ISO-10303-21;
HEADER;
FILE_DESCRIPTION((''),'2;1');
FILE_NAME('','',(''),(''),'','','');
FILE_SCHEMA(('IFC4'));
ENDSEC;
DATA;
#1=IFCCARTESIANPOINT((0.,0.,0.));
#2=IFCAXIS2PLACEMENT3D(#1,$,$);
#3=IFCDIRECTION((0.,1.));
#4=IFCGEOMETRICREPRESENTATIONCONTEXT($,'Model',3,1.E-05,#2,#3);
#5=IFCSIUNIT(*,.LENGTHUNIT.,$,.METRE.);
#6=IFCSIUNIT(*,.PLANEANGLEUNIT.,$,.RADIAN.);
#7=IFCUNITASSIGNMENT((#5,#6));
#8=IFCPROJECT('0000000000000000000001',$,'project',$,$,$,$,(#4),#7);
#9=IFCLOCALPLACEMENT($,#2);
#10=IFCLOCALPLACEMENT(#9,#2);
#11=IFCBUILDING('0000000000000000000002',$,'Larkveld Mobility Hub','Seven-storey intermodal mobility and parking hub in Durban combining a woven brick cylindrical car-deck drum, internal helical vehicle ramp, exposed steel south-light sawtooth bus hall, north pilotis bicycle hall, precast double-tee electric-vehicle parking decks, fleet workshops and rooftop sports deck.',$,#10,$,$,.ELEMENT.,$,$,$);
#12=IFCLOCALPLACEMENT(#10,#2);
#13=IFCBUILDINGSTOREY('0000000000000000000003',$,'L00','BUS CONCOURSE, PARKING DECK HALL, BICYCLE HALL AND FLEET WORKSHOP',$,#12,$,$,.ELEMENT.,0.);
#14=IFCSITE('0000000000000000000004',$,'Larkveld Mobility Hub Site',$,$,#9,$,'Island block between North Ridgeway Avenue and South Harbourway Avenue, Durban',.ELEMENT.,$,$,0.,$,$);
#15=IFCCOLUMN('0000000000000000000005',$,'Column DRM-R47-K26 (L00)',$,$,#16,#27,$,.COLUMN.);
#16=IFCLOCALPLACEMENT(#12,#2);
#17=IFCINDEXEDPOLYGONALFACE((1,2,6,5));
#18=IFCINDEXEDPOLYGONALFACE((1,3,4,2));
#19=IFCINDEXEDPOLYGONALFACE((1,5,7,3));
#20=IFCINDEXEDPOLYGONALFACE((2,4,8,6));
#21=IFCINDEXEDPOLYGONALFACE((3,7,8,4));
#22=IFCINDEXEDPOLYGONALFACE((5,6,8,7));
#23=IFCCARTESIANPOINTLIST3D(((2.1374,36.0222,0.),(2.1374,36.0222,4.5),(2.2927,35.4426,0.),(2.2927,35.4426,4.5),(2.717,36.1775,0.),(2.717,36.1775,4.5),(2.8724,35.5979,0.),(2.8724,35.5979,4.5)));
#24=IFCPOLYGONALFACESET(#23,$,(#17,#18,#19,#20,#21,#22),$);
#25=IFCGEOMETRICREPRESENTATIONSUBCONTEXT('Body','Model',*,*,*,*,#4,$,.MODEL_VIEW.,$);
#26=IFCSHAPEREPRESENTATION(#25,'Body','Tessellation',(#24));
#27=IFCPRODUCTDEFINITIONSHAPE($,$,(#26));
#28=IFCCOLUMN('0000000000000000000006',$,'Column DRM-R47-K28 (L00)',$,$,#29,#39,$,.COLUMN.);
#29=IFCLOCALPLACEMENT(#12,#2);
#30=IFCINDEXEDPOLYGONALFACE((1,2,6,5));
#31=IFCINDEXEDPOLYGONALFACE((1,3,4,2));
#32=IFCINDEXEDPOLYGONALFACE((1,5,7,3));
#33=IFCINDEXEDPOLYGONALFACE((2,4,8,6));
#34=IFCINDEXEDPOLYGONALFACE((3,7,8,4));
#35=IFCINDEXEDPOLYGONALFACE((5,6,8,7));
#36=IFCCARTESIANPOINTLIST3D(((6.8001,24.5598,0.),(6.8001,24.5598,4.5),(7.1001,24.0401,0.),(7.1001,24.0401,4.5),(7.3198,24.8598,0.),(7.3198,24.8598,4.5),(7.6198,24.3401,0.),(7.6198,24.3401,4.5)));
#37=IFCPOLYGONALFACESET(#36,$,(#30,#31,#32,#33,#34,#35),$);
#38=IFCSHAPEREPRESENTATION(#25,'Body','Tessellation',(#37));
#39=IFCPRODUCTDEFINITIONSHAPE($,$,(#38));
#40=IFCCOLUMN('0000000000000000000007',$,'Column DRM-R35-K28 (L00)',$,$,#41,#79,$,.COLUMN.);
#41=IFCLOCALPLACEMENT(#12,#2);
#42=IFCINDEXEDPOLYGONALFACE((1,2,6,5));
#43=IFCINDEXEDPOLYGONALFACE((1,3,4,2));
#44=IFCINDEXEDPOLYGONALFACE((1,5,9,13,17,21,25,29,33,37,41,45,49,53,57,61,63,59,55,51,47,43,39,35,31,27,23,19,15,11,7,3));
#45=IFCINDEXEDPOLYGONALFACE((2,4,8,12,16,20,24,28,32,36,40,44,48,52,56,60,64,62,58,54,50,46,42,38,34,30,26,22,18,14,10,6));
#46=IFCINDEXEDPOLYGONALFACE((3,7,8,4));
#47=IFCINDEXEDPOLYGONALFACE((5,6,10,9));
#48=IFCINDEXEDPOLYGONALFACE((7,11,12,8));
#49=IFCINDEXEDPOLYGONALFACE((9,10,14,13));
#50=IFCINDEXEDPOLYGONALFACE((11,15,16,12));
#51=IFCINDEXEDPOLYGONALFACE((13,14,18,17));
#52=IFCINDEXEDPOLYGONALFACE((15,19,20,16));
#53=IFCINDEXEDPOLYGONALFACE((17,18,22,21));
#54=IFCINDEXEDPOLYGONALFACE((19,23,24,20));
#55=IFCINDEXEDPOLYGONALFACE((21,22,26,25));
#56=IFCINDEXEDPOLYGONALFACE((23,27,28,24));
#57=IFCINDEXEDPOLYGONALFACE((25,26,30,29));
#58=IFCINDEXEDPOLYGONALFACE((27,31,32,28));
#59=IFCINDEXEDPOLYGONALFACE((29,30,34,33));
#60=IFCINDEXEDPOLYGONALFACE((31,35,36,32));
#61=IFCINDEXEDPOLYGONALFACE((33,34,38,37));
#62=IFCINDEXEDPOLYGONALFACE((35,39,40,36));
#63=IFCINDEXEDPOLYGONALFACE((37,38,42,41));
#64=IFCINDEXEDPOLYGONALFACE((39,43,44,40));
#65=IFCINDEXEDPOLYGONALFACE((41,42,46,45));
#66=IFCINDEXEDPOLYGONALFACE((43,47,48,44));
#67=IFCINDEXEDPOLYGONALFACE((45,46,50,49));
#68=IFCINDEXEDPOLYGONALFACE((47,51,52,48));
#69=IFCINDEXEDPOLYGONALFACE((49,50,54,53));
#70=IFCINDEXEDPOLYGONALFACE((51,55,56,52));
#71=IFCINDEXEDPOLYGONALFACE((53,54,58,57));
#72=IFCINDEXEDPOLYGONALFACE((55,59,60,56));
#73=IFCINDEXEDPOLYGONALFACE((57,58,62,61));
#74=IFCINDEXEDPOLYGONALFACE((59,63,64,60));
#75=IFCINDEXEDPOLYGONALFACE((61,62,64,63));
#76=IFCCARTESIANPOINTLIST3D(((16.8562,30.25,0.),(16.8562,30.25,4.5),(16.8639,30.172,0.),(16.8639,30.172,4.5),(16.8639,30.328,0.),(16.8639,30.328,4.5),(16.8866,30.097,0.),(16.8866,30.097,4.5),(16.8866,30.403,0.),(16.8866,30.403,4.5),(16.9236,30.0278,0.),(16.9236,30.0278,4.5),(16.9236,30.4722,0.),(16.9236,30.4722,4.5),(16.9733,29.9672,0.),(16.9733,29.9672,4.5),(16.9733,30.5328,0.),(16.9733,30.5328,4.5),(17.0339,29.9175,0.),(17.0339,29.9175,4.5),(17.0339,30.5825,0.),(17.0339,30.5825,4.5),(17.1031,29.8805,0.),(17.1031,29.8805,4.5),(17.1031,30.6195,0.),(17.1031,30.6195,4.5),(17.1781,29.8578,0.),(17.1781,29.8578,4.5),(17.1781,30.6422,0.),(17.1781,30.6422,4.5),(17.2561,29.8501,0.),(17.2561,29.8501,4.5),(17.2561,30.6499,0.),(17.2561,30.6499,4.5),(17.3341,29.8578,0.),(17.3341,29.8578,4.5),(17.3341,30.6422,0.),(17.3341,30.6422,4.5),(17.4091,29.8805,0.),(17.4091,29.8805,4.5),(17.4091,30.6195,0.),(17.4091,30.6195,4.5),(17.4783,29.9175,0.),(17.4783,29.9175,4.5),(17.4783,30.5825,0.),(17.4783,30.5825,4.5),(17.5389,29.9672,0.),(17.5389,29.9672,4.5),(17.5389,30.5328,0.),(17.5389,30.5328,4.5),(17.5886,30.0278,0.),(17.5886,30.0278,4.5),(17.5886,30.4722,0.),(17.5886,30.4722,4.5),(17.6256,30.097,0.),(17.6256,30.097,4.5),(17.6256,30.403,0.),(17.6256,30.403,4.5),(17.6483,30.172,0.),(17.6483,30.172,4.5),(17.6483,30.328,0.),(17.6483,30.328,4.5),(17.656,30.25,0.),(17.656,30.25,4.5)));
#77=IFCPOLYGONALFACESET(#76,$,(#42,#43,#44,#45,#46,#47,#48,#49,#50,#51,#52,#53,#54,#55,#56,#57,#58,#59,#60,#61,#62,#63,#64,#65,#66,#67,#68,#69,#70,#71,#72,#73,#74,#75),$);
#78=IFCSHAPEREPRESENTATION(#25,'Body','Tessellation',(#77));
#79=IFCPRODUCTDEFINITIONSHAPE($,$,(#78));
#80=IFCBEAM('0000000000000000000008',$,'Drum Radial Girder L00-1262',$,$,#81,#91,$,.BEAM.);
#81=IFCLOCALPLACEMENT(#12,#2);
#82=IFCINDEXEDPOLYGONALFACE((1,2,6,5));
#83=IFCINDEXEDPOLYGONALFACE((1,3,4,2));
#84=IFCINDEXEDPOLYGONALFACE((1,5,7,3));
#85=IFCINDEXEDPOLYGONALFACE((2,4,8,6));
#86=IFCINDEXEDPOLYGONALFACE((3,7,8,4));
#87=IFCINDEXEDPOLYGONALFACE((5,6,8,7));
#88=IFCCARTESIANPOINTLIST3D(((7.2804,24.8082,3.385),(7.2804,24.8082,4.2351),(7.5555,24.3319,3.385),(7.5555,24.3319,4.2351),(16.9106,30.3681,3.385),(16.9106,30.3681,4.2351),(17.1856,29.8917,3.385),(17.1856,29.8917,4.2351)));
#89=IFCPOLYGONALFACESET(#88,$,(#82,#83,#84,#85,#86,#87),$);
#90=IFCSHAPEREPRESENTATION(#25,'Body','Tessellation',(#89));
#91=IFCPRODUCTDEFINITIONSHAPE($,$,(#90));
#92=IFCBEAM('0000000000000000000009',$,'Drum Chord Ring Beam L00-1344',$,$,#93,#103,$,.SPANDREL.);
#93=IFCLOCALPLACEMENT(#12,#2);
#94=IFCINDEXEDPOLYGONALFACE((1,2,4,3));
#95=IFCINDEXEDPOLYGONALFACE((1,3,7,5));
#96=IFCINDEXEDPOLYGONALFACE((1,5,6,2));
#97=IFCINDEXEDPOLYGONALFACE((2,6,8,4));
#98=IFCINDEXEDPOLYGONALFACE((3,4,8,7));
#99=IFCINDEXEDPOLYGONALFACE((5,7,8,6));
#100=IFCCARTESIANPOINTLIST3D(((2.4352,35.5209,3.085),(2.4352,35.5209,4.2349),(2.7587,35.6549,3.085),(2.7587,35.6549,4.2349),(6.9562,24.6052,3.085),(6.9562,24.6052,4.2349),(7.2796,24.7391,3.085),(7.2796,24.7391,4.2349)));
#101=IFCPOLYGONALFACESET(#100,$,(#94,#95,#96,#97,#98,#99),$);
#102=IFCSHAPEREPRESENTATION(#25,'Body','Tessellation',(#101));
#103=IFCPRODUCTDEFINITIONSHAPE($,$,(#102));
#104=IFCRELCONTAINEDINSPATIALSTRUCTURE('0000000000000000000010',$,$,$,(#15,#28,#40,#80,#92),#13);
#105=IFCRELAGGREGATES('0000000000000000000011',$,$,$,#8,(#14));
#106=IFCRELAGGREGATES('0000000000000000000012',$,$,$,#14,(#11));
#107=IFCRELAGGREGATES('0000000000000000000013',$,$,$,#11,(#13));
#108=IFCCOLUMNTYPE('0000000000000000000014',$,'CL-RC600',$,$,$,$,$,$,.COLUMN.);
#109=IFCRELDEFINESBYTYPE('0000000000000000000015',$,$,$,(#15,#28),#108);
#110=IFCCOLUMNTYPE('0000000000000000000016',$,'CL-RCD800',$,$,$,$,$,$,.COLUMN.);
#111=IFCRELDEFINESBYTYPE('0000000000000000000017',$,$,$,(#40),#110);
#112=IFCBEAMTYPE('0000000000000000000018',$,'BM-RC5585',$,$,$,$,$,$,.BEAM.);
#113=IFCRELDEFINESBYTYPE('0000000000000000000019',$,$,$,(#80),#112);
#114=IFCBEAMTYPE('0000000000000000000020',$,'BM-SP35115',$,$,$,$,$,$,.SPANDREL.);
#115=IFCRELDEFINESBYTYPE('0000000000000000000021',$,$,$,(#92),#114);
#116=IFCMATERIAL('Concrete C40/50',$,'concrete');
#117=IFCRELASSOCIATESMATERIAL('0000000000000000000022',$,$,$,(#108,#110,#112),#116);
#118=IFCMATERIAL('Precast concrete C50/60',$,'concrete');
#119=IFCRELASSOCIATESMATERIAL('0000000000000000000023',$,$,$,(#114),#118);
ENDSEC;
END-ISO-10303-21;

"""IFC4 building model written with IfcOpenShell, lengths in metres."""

from ifc_helpers import new_model, si_unit, direction, frame, origin, origin_2d, place, context, subcontext, project, spatial, rectangle, circle, extrude, material, material_profile, profile_set, type_object, element, save


model = new_model("IFC4")

# Units and contexts
model_context = context("Model", 3, precision=1e-05, world=origin(), true_north=direction((0.0, 1.0)))
body_context = subcontext(model_context, "Body", "Model", "MODEL_VIEW")
ifc_project = project(units=[si_unit("LENGTHUNIT", "METRE"), si_unit("PLANEANGLEUNIT", "RADIAN")], contexts=[model_context])

# Site, building, storey
site_placement = place(None, origin())
site = spatial("IfcSite", under=ifc_project, at=site_placement, Name="Larkveld Mobility Hub Site", LongName="Island block between North Ridgeway Avenue and South Harbourway Avenue, Durban", CompositionType="ELEMENT", RefElevation=0.0)
building_placement = place(site_placement, origin())
building = spatial("IfcBuilding", under=site, at=building_placement, Name="Larkveld Mobility Hub", Description="Seven-storey intermodal mobility and parking hub in Durban combining a woven brick cylindrical car-deck drum, internal helical vehicle ramp, exposed steel south-light sawtooth bus hall, north pilotis bicycle hall, precast double-tee electric-vehicle parking decks, fleet workshops and rooftop sports deck.", CompositionType="ELEMENT")
storey_placement = place(building_placement, origin())
storey = spatial("IfcBuildingStorey", under=building, at=storey_placement, Name="L00", Description="BUS CONCOURSE, PARKING DECK HALL, BICYCLE HALL AND FLEET WORKSHOP", CompositionType="ELEMENT", Elevation=0.0)

# Columns
ifc_material_1 = material(Name="Concrete C40/50", Category="concrete")
ifc_material_profile_1 = material_profile(ifc_material_1, rectangle(XDim=0.6001, YDim=0.6001, at=origin_2d()), Name="RC COL 600x600")
ifc_profile_set_1 = profile_set([ifc_material_profile_1], Name="Concrete C40/50")
column_type_1 = type_object("IfcColumnType", Name="CL-RC600", PredefinedType="COLUMN", material=ifc_profile_set_1)
for number, where, z_axis, x_axis, name in (
    (1, (2.5049, 35.8101, 0.0), (0.0, 0.0, 1.0), (0.965926, 0.258819, 0.0), "Column DRM-R47-K26 (L00)"),
    (2, (7.21, 24.45, 0.0), (0.0, 0.0, 1.0), (0.866025, 0.5, 0.0), "Column DRM-R47-K28 (L00)"),
):
    element("IfcColumn", number, at=place(storey_placement, frame(where, z_axis=z_axis, x_axis=x_axis)), inside=storey, type_object=column_type_1, Name=name, PredefinedType="COLUMN", context=body_context, shape_type="SweptSolid", body=[
        extrude(rectangle(XDim=0.6001, YDim=0.6001, at=origin_2d()), origin(), (0.0, 0.0, 1.0), 4.5),
    ])
ifc_material_profile_2 = material_profile(ifc_material_1, circle(Radius=0.3999, at=origin_2d()), Name="RC COL D800")
ifc_profile_set_2 = profile_set([ifc_material_profile_2], Name="Concrete C40/50")
column_type_2 = type_object("IfcColumnType", Name="CL-RCD800", PredefinedType="COLUMN", material=ifc_profile_set_2)
column_placement = place(storey_placement, frame((17.2561, 30.25, 0.0), z_axis=(0.0, 0.0, 1.0), x_axis=(1.0, 0.0, 0.0)))
element("IfcColumn", 3, at=column_placement, inside=storey, type_object=column_type_2, Name="Column DRM-R35-K28 (L00)", PredefinedType="COLUMN", context=body_context, shape_type="SweptSolid", body=[
    extrude(circle(Radius=0.3999, at=origin_2d()), origin(), (0.0, 0.0, 1.0), 4.5),
])

# Beams
ifc_material_profile_3 = material_profile(ifc_material_1, rectangle(XDim=0.55, YDim=0.8501, at=origin_2d()), Name="RC BM 550x850")
ifc_profile_set_3 = profile_set([ifc_material_profile_3], Name="Concrete C40/50")
beam_type_1 = type_object("IfcBeamType", Name="BM-RC5585", PredefinedType="BEAM", material=ifc_profile_set_3)
beam_1_placement = place(storey_placement, frame((17.0481, 30.1299, 3.8101), z_axis=(-0.866031, -0.49999, 0.0), x_axis=(0.49999, -0.866031, 0.0)))
element("IfcBeam", 4, at=beam_1_placement, inside=storey, type_object=beam_type_1, Name="Drum Radial Girder L00-1262", PredefinedType="BEAM", context=body_context, shape_type="SweptSolid", body=[
    extrude(rectangle(XDim=0.55, YDim=0.8501, at=origin_2d()), origin(), (0.0, 0.0, 1.0), 11.1199),
])
ifc_material_2 = material(Name="Precast concrete C50/60", Category="concrete")
ifc_material_profile_4 = material_profile(ifc_material_2, rectangle(XDim=0.3501, YDim=1.1499, at=origin_2d()), Name="PC SP 350x1150")
ifc_profile_set_4 = profile_set([ifc_material_profile_4], Name="Precast concrete C50/60")
beam_type_2 = type_object("IfcBeamType", Name="BM-SP35115", PredefinedType="SPANDREL", material=ifc_profile_set_4)
beam_2_placement = place(storey_placement, frame((2.5969, 35.5879, 3.6599), z_axis=(0.38265, -0.923893, 0.0), x_axis=(0.923893, 0.38265, 0.0)))
element("IfcBeam", 5, at=beam_2_placement, inside=storey, type_object=beam_type_2, Name="Drum Chord Ring Beam L00-1344", PredefinedType="SPANDREL", context=body_context, shape_type="SweptSolid", body=[
    extrude(rectangle(XDim=0.3501, YDim=1.1499, at=origin_2d()), origin(), (0.0, 0.0, 1.0), 11.8149),
])

save(model, "model.ifc")
